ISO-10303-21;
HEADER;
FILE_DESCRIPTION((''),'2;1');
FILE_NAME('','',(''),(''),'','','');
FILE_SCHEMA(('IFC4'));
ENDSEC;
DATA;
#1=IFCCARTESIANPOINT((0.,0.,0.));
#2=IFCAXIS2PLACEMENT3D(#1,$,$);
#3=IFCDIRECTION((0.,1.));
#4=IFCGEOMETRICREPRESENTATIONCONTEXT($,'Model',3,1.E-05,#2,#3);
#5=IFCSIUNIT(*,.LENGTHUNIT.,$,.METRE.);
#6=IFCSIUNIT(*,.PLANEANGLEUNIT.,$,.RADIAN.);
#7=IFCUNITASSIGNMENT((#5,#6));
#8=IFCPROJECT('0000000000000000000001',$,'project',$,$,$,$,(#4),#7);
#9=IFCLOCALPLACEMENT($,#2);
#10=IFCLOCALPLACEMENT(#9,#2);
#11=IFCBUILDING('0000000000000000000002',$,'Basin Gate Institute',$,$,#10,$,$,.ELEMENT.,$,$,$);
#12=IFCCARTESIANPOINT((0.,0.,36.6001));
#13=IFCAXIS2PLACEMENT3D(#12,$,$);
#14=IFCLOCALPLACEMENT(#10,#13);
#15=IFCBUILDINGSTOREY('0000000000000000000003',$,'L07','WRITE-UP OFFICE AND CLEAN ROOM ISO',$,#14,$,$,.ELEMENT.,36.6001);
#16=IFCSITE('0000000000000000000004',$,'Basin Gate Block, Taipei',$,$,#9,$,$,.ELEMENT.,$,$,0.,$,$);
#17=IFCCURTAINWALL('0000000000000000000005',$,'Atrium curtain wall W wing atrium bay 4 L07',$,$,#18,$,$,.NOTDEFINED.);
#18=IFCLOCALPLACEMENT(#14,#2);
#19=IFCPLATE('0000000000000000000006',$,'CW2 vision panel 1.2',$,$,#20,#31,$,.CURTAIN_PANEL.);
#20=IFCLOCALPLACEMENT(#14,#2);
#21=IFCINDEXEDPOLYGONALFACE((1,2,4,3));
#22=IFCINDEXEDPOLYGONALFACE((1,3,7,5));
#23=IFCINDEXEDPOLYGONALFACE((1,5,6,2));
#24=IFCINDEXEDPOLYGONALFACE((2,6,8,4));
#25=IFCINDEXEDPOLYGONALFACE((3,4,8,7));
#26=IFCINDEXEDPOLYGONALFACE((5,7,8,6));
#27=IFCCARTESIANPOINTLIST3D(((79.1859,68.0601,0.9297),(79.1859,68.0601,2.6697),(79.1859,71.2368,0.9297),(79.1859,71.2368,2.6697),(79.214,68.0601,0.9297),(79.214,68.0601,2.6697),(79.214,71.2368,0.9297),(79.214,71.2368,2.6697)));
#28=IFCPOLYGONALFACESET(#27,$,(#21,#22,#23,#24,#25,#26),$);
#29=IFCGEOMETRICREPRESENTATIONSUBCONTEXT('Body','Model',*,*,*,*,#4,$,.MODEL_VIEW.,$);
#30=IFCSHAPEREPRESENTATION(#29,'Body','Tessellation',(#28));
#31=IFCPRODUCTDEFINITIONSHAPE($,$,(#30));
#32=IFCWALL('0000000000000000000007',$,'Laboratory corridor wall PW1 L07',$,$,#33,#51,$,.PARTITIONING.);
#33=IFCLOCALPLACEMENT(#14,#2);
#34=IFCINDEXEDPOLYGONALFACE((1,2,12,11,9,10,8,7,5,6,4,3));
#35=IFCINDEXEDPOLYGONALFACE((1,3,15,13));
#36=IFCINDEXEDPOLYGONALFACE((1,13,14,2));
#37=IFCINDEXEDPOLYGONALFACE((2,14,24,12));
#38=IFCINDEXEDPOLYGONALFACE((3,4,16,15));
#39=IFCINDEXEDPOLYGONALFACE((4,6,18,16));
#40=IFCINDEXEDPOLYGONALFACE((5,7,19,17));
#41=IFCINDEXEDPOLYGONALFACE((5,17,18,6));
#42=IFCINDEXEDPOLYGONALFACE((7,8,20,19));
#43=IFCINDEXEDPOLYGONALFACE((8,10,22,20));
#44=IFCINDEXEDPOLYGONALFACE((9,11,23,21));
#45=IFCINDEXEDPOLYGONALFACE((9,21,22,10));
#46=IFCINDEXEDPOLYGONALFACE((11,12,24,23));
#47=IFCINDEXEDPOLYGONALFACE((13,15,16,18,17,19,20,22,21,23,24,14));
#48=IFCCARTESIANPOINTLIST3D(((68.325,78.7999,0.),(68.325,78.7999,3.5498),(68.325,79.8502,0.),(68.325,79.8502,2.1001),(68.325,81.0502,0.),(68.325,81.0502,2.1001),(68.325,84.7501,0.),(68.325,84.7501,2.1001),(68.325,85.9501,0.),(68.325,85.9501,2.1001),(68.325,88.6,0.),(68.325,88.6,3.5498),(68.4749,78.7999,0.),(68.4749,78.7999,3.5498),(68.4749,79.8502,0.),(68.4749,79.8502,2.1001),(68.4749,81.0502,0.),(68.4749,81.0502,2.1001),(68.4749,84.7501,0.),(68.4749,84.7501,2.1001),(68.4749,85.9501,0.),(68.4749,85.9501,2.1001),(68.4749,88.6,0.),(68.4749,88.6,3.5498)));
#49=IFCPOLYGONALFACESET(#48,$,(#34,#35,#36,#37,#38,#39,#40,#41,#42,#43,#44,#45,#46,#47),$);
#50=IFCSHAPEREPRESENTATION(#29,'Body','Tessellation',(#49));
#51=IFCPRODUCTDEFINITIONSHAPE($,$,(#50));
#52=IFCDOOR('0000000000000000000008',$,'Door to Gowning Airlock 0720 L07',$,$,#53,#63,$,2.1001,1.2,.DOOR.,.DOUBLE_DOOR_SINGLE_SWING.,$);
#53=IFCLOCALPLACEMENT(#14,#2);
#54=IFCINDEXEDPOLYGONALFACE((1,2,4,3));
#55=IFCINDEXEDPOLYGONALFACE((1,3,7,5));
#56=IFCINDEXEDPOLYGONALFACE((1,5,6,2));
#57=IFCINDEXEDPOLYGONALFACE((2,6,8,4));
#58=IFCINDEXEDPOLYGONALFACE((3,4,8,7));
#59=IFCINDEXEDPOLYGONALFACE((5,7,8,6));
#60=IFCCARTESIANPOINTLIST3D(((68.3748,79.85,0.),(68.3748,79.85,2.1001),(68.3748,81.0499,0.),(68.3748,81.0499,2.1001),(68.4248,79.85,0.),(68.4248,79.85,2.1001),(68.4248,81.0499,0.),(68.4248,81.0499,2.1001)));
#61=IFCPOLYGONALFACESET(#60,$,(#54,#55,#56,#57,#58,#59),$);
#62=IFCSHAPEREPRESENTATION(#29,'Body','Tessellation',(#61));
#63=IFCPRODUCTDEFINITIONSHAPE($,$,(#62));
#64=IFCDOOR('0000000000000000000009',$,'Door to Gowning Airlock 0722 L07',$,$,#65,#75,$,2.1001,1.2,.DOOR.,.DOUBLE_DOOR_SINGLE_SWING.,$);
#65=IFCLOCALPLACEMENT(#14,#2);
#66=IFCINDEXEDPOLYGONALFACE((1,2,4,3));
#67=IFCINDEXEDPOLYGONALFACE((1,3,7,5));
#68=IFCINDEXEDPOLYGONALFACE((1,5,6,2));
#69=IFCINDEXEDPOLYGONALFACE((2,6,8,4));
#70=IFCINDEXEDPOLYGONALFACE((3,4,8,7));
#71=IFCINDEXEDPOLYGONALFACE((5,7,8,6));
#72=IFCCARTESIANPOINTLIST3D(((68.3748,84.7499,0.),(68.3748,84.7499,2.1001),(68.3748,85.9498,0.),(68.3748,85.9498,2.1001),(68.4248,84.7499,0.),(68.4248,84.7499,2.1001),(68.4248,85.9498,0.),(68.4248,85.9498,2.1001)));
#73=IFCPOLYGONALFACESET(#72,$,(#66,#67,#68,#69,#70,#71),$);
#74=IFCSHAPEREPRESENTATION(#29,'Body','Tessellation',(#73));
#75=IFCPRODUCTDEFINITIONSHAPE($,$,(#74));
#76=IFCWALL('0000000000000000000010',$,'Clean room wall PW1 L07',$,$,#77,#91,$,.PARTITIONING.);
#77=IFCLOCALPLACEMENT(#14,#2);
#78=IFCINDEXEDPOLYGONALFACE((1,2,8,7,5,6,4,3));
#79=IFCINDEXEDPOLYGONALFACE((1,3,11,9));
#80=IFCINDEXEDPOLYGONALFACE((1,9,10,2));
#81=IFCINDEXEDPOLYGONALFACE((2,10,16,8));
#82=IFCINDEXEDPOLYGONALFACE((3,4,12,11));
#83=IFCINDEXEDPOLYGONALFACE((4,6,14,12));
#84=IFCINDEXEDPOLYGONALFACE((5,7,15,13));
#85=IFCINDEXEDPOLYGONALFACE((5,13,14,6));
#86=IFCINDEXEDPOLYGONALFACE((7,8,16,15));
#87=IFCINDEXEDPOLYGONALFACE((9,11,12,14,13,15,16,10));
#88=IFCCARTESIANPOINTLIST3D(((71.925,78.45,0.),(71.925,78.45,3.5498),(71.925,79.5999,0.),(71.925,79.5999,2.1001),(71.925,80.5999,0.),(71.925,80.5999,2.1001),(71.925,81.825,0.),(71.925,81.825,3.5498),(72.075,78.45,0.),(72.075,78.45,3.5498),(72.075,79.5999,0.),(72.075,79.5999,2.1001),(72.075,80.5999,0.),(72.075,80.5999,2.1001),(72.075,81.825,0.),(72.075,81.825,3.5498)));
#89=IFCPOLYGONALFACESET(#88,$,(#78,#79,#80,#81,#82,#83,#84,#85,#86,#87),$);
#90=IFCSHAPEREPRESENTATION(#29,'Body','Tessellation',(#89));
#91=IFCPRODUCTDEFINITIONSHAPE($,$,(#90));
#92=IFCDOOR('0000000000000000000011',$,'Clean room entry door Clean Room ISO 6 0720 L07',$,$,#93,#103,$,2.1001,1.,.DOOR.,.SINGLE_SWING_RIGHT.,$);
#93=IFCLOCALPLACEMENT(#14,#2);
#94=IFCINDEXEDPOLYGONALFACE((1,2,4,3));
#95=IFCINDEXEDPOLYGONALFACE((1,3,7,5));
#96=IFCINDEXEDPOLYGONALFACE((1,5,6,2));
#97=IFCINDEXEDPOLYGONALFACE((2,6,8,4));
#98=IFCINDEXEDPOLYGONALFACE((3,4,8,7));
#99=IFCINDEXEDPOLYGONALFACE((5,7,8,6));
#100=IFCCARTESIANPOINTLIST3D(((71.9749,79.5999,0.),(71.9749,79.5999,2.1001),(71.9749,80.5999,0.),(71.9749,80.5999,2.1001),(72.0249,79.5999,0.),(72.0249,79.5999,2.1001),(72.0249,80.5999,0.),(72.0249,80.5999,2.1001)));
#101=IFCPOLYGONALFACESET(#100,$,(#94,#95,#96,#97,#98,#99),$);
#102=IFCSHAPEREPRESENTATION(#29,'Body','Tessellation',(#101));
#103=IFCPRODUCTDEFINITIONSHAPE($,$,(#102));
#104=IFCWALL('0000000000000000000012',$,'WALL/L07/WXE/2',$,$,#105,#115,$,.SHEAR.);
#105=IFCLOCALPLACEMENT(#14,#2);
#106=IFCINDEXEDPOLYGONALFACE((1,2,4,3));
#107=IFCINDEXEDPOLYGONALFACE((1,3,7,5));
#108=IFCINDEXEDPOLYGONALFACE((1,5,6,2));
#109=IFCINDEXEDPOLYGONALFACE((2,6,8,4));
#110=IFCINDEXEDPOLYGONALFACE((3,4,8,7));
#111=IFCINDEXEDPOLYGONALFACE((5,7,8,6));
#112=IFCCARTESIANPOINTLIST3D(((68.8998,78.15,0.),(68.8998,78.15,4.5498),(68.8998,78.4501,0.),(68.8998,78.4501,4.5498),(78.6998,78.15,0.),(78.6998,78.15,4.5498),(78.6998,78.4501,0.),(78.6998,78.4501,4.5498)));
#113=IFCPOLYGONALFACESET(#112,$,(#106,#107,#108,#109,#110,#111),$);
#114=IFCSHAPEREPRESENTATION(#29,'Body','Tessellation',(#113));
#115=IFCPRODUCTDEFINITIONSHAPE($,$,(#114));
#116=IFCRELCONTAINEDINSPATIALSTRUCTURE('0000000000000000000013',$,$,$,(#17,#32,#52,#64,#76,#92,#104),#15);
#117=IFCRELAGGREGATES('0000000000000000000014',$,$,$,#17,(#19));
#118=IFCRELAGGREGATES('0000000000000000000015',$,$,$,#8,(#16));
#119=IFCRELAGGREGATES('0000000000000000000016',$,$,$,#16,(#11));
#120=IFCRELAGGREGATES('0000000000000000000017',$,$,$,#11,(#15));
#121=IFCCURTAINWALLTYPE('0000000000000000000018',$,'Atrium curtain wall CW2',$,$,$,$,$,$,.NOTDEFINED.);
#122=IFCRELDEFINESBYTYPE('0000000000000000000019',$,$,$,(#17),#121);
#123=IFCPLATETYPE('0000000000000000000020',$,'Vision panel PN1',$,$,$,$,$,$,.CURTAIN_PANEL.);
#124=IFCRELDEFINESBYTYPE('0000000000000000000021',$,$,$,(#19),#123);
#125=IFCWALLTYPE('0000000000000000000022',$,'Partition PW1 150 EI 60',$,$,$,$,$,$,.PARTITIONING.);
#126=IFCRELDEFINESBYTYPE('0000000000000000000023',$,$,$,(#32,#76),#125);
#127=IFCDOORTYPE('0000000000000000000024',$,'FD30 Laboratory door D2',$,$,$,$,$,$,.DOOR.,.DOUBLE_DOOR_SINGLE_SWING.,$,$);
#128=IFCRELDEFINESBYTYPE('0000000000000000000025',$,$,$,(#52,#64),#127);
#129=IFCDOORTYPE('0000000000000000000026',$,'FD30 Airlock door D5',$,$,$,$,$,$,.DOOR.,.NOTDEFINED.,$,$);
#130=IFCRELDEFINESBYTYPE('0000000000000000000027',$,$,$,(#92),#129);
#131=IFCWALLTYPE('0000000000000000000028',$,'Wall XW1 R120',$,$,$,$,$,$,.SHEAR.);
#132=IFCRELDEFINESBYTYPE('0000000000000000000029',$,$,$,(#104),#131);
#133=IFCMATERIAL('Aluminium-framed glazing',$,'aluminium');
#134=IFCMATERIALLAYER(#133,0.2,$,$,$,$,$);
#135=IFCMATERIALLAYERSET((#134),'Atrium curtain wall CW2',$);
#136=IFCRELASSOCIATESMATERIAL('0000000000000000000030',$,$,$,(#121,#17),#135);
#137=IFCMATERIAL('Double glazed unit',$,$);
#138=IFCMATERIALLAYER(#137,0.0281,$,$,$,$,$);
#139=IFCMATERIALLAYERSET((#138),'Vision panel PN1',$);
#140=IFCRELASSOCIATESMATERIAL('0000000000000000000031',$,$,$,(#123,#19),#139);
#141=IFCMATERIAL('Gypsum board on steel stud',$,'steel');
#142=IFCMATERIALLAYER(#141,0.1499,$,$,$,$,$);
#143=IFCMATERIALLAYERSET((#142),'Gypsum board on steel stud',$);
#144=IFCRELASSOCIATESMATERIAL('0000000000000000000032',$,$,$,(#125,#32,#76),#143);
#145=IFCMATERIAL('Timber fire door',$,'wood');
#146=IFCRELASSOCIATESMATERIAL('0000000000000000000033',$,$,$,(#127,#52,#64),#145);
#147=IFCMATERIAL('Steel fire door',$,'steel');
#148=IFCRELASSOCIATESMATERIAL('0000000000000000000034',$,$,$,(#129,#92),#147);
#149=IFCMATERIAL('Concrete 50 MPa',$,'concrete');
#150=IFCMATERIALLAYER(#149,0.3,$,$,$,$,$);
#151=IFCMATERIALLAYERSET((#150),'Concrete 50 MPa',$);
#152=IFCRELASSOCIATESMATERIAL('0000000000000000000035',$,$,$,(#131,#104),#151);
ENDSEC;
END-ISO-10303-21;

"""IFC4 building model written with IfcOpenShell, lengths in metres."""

from ifc_helpers import new_model, si_unit, direction, frame, frame_2d, origin, origin_2d, place, context, subcontext, project, spatial, rectangle, extrude, material, layer, layer_set, type_object, element, fill, aggregate, save


model = new_model("IFC4")

# Units and contexts
model_context = context("Model", 3, precision=1e-05, world=origin(), true_north=direction((0.0, 1.0)))
body_context = subcontext(model_context, "Body", "Model", "MODEL_VIEW")
ifc_project = project(units=[si_unit("LENGTHUNIT", "METRE"), si_unit("PLANEANGLEUNIT", "RADIAN")], contexts=[model_context])

# Site, building, storey
site_placement = place(None, origin())
site = spatial("IfcSite", under=ifc_project, at=site_placement, Name="Basin Gate Block, Taipei", CompositionType="ELEMENT", RefElevation=0.0)
building_placement = place(site_placement, origin())
building = spatial("IfcBuilding", under=site, at=building_placement, Name="Basin Gate Institute", CompositionType="ELEMENT")
storey_placement = place(building_placement, frame((0.0, 0.0, 36.6001)))
storey = spatial("IfcBuildingStorey", under=building, at=storey_placement, Name="L07", Description="WRITE-UP OFFICE AND CLEAN ROOM ISO", CompositionType="ELEMENT", Elevation=36.6001)

# Curtain wall
ifc_material_1 = material(Name="Aluminium-framed glazing", Category="aluminium")
ifc_layer_1 = layer(ifc_material_1, 0.2)
ifc_layer_set_1 = layer_set([ifc_layer_1], Name="Atrium curtain wall CW2")
curtain_wall_type = type_object("IfcCurtainWallType", Name="Atrium curtain wall CW2", PredefinedType="NOTDEFINED", material=ifc_layer_set_1)
curtain_wall_placement = place(storey_placement, origin())
curtain_wall = element("IfcCurtainWall", 1, at=curtain_wall_placement, inside=storey, type_object=curtain_wall_type, material=ifc_layer_set_1, Name="Atrium curtain wall W wing atrium bay 4 L07", PredefinedType="NOTDEFINED")

# Plate
ifc_material_2 = material(Name="Double glazed unit")
ifc_layer_2 = layer(ifc_material_2, 0.0281)
ifc_layer_set_2 = layer_set([ifc_layer_2], Name="Vision panel PN1")
plate_type_1 = type_object("IfcPlateType", Name="Vision panel PN1", PredefinedType="CURTAIN_PANEL", material=ifc_layer_set_2)
plate_1_placement = place(storey_placement, frame((79.2, 69.6484, 0.9297), z_axis=(0.0, 0.0, 1.0), x_axis=(0.0, 1.0, 0.0)))
plate_1 = element("IfcPlate", 2, at=plate_1_placement, type_object=plate_type_1, material=ifc_layer_set_2, Name="CW2 vision panel 1.2", PredefinedType="CURTAIN_PANEL", context=body_context, shape_type="SweptSolid", body=[
    extrude(rectangle(XDim=3.1768, YDim=0.0281, at=origin_2d()), origin(), (0.0, 0.0, 1.0), 1.74),
])
aggregate(curtain_wall, [plate_1])

# Wall, openings, doors
ifc_material_3 = material(Name="Gypsum board on steel stud", Category="steel")
ifc_layer_3 = layer(ifc_material_3, 0.1499)
ifc_layer_set_3 = layer_set([ifc_layer_3], Name="Gypsum board on steel stud")
wall_type_1 = type_object("IfcWallType", Name="Partition PW1 150 EI 60", PredefinedType="PARTITIONING", material=ifc_layer_set_3)
wall_1_placement = place(storey_placement, frame((68.3999, 78.8, 0.0), z_axis=(0.0, 0.0, 1.0), x_axis=(0.0, 1.0, 0.0)))
wall_1 = element("IfcWall", 3, at=wall_1_placement, inside=storey, type_object=wall_type_1, material=ifc_layer_set_3, Name="Laboratory corridor wall PW1 L07", PredefinedType="PARTITIONING", context=body_context, shape_type="SweptSolid", body=[
    extrude(rectangle(XDim=9.8, YDim=0.1499, at=frame_2d((4.8999, 0.0))), origin(), (0.0, 0.0, 1.0), 3.5498),
])
opening_1_placement = place(wall_1_placement, frame((1.05, 0.0, 0.0)))
opening_1 = element("IfcOpeningElement", 4, at=opening_1_placement, cuts=wall_1, PredefinedType="OPENING", context=body_context, shape_type="SweptSolid", body=[
    extrude(rectangle(XDim=1.2, YDim=2.1001, at=frame_2d((0.6001, 1.05))), frame((0.0, 0.085, 0.0), z_axis=(0.0, -1.0, 0.0), x_axis=(1.0, 0.0, 0.0)), (0.0, 0.0, 1.0), 0.1699),
])
opening_2_placement = place(wall_1_placement, frame((5.95, 0.0, 0.0)))
opening_2 = element("IfcOpeningElement", 5, at=opening_2_placement, cuts=wall_1, PredefinedType="OPENING", context=body_context, shape_type="SweptSolid", body=[
    extrude(rectangle(XDim=1.2, YDim=2.1001, at=frame_2d((0.6001, 1.05))), frame((0.0, 0.085, 0.0), z_axis=(0.0, -1.0, 0.0), x_axis=(1.0, 0.0, 0.0)), (0.0, 0.0, 1.0), 0.1699),
])
ifc_material_4 = material(Name="Timber fire door", Category="wood")
door_type_1 = type_object("IfcDoorType", Name="FD30 Laboratory door D2", OperationType="DOUBLE_DOOR_SINGLE_SWING", PredefinedType="DOOR", material=ifc_material_4)
door_1_placement = place(opening_1_placement, frame((1.2, 0.0, 0.0), z_axis=(0.0, 0.0, 1.0), x_axis=(-1.0, 0.0, 0.0)))
door_1 = element("IfcDoor", 6, at=door_1_placement, inside=storey, type_object=door_type_1, material=ifc_material_4, Name="Door to Gowning Airlock 0720 L07", OperationType="DOUBLE_DOOR_SINGLE_SWING", OverallHeight=2.1001, OverallWidth=1.2, PredefinedType="DOOR", context=body_context, shape_type="SweptSolid", body=[
    extrude(rectangle(XDim=1.2, YDim=2.1001, at=frame_2d((0.6001, 1.05))), frame((0.0, 0.0249, 0.0), z_axis=(0.0, -1.0, 0.0), x_axis=(1.0, 0.0, 0.0)), (0.0, 0.0, 1.0), 0.05),
])
fill(opening_1, door_1)
door_2_placement = place(opening_2_placement, frame((1.2, 0.0, 0.0), z_axis=(0.0, 0.0, 1.0), x_axis=(-1.0, 0.0, 0.0)))
door_2 = element("IfcDoor", 7, at=door_2_placement, inside=storey, type_object=door_type_1, material=ifc_material_4, Name="Door to Gowning Airlock 0722 L07", OperationType="DOUBLE_DOOR_SINGLE_SWING", OverallHeight=2.1001, OverallWidth=1.2, PredefinedType="DOOR", context=body_context, shape_type="SweptSolid", body=[
    extrude(rectangle(XDim=1.2, YDim=2.1001, at=frame_2d((0.6001, 1.05))), frame((0.0, 0.0249, 0.0), z_axis=(0.0, -1.0, 0.0), x_axis=(1.0, 0.0, 0.0)), (0.0, 0.0, 1.0), 0.05),
])
fill(opening_2, door_2)

# Wall, opening, door
wall_2_placement = place(storey_placement, frame((72.0, 78.45, 0.0), z_axis=(0.0, 0.0, 1.0), x_axis=(0.0, 1.0, 0.0)))
wall_2 = element("IfcWall", 8, at=wall_2_placement, inside=storey, type_object=wall_type_1, material=ifc_layer_set_3, Name="Clean room wall PW1 L07", PredefinedType="PARTITIONING", context=body_context, shape_type="SweptSolid", body=[
    extrude(rectangle(XDim=3.375, YDim=0.1499, at=frame_2d((1.6875, 0.0))), origin(), (0.0, 0.0, 1.0), 3.5498),
])
opening_3_placement = place(wall_2_placement, frame((1.1499, 0.0, 0.0)))
opening_3 = element("IfcOpeningElement", 9, at=opening_3_placement, cuts=wall_2, PredefinedType="OPENING", context=body_context, shape_type="SweptSolid", body=[
    extrude(rectangle(XDim=1.0, YDim=2.1001, at=frame_2d((0.5, 1.05))), frame((0.0, 0.085, 0.0), z_axis=(0.0, -1.0, 0.0), x_axis=(1.0, 0.0, 0.0)), (0.0, 0.0, 1.0), 0.1699),
])
ifc_material_5 = material(Name="Steel fire door", Category="steel")
door_type_2 = type_object("IfcDoorType", Name="FD30 Airlock door D5", OperationType="NOTDEFINED", PredefinedType="DOOR", material=ifc_material_5)
door_3_placement = place(opening_3_placement, frame((1.0, 0.0, 0.0), z_axis=(0.0, 0.0, 1.0), x_axis=(-1.0, 0.0, 0.0)))
door_3 = element("IfcDoor", 10, at=door_3_placement, inside=storey, type_object=door_type_2, material=ifc_material_5, Name="Clean room entry door Clean Room ISO 6 0720 L07", OperationType="SINGLE_SWING_RIGHT", OverallHeight=2.1001, OverallWidth=1.0, PredefinedType="DOOR", context=body_context, shape_type="SweptSolid", body=[
    extrude(rectangle(XDim=1.0, YDim=2.1001, at=frame_2d((0.5, 1.05))), frame((0.0, 0.0249, 0.0), z_axis=(0.0, -1.0, 0.0), x_axis=(1.0, 0.0, 0.0)), (0.0, 0.0, 1.0), 0.05),
])
fill(opening_3, door_3)

# Wall
ifc_material_6 = material(Name="Concrete 50 MPa", Category="concrete")
ifc_layer_4 = layer(ifc_material_6, 0.3)
ifc_layer_set_4 = layer_set([ifc_layer_4], Name="Concrete 50 MPa")
wall_type_2 = type_object("IfcWallType", Name="Wall XW1 R120", PredefinedType="SHEAR", material=ifc_layer_set_4)
wall_3_placement = place(storey_placement, frame((68.8999, 78.3, 0.0), z_axis=(0.0, 0.0, 1.0), x_axis=(1.0, 0.0, 0.0)))
element("IfcWall", 11, at=wall_3_placement, inside=storey, type_object=wall_type_2, material=ifc_layer_set_4, Name="WALL/L07/WXE/2", PredefinedType="SHEAR", context=body_context, shape_type="SweptSolid", body=[
    extrude(rectangle(XDim=9.8, YDim=0.3, at=frame_2d((4.8999, 0.0))), origin(), (0.0, 0.0, 1.0), 4.5498),
])

save(model, "model.ifc")
